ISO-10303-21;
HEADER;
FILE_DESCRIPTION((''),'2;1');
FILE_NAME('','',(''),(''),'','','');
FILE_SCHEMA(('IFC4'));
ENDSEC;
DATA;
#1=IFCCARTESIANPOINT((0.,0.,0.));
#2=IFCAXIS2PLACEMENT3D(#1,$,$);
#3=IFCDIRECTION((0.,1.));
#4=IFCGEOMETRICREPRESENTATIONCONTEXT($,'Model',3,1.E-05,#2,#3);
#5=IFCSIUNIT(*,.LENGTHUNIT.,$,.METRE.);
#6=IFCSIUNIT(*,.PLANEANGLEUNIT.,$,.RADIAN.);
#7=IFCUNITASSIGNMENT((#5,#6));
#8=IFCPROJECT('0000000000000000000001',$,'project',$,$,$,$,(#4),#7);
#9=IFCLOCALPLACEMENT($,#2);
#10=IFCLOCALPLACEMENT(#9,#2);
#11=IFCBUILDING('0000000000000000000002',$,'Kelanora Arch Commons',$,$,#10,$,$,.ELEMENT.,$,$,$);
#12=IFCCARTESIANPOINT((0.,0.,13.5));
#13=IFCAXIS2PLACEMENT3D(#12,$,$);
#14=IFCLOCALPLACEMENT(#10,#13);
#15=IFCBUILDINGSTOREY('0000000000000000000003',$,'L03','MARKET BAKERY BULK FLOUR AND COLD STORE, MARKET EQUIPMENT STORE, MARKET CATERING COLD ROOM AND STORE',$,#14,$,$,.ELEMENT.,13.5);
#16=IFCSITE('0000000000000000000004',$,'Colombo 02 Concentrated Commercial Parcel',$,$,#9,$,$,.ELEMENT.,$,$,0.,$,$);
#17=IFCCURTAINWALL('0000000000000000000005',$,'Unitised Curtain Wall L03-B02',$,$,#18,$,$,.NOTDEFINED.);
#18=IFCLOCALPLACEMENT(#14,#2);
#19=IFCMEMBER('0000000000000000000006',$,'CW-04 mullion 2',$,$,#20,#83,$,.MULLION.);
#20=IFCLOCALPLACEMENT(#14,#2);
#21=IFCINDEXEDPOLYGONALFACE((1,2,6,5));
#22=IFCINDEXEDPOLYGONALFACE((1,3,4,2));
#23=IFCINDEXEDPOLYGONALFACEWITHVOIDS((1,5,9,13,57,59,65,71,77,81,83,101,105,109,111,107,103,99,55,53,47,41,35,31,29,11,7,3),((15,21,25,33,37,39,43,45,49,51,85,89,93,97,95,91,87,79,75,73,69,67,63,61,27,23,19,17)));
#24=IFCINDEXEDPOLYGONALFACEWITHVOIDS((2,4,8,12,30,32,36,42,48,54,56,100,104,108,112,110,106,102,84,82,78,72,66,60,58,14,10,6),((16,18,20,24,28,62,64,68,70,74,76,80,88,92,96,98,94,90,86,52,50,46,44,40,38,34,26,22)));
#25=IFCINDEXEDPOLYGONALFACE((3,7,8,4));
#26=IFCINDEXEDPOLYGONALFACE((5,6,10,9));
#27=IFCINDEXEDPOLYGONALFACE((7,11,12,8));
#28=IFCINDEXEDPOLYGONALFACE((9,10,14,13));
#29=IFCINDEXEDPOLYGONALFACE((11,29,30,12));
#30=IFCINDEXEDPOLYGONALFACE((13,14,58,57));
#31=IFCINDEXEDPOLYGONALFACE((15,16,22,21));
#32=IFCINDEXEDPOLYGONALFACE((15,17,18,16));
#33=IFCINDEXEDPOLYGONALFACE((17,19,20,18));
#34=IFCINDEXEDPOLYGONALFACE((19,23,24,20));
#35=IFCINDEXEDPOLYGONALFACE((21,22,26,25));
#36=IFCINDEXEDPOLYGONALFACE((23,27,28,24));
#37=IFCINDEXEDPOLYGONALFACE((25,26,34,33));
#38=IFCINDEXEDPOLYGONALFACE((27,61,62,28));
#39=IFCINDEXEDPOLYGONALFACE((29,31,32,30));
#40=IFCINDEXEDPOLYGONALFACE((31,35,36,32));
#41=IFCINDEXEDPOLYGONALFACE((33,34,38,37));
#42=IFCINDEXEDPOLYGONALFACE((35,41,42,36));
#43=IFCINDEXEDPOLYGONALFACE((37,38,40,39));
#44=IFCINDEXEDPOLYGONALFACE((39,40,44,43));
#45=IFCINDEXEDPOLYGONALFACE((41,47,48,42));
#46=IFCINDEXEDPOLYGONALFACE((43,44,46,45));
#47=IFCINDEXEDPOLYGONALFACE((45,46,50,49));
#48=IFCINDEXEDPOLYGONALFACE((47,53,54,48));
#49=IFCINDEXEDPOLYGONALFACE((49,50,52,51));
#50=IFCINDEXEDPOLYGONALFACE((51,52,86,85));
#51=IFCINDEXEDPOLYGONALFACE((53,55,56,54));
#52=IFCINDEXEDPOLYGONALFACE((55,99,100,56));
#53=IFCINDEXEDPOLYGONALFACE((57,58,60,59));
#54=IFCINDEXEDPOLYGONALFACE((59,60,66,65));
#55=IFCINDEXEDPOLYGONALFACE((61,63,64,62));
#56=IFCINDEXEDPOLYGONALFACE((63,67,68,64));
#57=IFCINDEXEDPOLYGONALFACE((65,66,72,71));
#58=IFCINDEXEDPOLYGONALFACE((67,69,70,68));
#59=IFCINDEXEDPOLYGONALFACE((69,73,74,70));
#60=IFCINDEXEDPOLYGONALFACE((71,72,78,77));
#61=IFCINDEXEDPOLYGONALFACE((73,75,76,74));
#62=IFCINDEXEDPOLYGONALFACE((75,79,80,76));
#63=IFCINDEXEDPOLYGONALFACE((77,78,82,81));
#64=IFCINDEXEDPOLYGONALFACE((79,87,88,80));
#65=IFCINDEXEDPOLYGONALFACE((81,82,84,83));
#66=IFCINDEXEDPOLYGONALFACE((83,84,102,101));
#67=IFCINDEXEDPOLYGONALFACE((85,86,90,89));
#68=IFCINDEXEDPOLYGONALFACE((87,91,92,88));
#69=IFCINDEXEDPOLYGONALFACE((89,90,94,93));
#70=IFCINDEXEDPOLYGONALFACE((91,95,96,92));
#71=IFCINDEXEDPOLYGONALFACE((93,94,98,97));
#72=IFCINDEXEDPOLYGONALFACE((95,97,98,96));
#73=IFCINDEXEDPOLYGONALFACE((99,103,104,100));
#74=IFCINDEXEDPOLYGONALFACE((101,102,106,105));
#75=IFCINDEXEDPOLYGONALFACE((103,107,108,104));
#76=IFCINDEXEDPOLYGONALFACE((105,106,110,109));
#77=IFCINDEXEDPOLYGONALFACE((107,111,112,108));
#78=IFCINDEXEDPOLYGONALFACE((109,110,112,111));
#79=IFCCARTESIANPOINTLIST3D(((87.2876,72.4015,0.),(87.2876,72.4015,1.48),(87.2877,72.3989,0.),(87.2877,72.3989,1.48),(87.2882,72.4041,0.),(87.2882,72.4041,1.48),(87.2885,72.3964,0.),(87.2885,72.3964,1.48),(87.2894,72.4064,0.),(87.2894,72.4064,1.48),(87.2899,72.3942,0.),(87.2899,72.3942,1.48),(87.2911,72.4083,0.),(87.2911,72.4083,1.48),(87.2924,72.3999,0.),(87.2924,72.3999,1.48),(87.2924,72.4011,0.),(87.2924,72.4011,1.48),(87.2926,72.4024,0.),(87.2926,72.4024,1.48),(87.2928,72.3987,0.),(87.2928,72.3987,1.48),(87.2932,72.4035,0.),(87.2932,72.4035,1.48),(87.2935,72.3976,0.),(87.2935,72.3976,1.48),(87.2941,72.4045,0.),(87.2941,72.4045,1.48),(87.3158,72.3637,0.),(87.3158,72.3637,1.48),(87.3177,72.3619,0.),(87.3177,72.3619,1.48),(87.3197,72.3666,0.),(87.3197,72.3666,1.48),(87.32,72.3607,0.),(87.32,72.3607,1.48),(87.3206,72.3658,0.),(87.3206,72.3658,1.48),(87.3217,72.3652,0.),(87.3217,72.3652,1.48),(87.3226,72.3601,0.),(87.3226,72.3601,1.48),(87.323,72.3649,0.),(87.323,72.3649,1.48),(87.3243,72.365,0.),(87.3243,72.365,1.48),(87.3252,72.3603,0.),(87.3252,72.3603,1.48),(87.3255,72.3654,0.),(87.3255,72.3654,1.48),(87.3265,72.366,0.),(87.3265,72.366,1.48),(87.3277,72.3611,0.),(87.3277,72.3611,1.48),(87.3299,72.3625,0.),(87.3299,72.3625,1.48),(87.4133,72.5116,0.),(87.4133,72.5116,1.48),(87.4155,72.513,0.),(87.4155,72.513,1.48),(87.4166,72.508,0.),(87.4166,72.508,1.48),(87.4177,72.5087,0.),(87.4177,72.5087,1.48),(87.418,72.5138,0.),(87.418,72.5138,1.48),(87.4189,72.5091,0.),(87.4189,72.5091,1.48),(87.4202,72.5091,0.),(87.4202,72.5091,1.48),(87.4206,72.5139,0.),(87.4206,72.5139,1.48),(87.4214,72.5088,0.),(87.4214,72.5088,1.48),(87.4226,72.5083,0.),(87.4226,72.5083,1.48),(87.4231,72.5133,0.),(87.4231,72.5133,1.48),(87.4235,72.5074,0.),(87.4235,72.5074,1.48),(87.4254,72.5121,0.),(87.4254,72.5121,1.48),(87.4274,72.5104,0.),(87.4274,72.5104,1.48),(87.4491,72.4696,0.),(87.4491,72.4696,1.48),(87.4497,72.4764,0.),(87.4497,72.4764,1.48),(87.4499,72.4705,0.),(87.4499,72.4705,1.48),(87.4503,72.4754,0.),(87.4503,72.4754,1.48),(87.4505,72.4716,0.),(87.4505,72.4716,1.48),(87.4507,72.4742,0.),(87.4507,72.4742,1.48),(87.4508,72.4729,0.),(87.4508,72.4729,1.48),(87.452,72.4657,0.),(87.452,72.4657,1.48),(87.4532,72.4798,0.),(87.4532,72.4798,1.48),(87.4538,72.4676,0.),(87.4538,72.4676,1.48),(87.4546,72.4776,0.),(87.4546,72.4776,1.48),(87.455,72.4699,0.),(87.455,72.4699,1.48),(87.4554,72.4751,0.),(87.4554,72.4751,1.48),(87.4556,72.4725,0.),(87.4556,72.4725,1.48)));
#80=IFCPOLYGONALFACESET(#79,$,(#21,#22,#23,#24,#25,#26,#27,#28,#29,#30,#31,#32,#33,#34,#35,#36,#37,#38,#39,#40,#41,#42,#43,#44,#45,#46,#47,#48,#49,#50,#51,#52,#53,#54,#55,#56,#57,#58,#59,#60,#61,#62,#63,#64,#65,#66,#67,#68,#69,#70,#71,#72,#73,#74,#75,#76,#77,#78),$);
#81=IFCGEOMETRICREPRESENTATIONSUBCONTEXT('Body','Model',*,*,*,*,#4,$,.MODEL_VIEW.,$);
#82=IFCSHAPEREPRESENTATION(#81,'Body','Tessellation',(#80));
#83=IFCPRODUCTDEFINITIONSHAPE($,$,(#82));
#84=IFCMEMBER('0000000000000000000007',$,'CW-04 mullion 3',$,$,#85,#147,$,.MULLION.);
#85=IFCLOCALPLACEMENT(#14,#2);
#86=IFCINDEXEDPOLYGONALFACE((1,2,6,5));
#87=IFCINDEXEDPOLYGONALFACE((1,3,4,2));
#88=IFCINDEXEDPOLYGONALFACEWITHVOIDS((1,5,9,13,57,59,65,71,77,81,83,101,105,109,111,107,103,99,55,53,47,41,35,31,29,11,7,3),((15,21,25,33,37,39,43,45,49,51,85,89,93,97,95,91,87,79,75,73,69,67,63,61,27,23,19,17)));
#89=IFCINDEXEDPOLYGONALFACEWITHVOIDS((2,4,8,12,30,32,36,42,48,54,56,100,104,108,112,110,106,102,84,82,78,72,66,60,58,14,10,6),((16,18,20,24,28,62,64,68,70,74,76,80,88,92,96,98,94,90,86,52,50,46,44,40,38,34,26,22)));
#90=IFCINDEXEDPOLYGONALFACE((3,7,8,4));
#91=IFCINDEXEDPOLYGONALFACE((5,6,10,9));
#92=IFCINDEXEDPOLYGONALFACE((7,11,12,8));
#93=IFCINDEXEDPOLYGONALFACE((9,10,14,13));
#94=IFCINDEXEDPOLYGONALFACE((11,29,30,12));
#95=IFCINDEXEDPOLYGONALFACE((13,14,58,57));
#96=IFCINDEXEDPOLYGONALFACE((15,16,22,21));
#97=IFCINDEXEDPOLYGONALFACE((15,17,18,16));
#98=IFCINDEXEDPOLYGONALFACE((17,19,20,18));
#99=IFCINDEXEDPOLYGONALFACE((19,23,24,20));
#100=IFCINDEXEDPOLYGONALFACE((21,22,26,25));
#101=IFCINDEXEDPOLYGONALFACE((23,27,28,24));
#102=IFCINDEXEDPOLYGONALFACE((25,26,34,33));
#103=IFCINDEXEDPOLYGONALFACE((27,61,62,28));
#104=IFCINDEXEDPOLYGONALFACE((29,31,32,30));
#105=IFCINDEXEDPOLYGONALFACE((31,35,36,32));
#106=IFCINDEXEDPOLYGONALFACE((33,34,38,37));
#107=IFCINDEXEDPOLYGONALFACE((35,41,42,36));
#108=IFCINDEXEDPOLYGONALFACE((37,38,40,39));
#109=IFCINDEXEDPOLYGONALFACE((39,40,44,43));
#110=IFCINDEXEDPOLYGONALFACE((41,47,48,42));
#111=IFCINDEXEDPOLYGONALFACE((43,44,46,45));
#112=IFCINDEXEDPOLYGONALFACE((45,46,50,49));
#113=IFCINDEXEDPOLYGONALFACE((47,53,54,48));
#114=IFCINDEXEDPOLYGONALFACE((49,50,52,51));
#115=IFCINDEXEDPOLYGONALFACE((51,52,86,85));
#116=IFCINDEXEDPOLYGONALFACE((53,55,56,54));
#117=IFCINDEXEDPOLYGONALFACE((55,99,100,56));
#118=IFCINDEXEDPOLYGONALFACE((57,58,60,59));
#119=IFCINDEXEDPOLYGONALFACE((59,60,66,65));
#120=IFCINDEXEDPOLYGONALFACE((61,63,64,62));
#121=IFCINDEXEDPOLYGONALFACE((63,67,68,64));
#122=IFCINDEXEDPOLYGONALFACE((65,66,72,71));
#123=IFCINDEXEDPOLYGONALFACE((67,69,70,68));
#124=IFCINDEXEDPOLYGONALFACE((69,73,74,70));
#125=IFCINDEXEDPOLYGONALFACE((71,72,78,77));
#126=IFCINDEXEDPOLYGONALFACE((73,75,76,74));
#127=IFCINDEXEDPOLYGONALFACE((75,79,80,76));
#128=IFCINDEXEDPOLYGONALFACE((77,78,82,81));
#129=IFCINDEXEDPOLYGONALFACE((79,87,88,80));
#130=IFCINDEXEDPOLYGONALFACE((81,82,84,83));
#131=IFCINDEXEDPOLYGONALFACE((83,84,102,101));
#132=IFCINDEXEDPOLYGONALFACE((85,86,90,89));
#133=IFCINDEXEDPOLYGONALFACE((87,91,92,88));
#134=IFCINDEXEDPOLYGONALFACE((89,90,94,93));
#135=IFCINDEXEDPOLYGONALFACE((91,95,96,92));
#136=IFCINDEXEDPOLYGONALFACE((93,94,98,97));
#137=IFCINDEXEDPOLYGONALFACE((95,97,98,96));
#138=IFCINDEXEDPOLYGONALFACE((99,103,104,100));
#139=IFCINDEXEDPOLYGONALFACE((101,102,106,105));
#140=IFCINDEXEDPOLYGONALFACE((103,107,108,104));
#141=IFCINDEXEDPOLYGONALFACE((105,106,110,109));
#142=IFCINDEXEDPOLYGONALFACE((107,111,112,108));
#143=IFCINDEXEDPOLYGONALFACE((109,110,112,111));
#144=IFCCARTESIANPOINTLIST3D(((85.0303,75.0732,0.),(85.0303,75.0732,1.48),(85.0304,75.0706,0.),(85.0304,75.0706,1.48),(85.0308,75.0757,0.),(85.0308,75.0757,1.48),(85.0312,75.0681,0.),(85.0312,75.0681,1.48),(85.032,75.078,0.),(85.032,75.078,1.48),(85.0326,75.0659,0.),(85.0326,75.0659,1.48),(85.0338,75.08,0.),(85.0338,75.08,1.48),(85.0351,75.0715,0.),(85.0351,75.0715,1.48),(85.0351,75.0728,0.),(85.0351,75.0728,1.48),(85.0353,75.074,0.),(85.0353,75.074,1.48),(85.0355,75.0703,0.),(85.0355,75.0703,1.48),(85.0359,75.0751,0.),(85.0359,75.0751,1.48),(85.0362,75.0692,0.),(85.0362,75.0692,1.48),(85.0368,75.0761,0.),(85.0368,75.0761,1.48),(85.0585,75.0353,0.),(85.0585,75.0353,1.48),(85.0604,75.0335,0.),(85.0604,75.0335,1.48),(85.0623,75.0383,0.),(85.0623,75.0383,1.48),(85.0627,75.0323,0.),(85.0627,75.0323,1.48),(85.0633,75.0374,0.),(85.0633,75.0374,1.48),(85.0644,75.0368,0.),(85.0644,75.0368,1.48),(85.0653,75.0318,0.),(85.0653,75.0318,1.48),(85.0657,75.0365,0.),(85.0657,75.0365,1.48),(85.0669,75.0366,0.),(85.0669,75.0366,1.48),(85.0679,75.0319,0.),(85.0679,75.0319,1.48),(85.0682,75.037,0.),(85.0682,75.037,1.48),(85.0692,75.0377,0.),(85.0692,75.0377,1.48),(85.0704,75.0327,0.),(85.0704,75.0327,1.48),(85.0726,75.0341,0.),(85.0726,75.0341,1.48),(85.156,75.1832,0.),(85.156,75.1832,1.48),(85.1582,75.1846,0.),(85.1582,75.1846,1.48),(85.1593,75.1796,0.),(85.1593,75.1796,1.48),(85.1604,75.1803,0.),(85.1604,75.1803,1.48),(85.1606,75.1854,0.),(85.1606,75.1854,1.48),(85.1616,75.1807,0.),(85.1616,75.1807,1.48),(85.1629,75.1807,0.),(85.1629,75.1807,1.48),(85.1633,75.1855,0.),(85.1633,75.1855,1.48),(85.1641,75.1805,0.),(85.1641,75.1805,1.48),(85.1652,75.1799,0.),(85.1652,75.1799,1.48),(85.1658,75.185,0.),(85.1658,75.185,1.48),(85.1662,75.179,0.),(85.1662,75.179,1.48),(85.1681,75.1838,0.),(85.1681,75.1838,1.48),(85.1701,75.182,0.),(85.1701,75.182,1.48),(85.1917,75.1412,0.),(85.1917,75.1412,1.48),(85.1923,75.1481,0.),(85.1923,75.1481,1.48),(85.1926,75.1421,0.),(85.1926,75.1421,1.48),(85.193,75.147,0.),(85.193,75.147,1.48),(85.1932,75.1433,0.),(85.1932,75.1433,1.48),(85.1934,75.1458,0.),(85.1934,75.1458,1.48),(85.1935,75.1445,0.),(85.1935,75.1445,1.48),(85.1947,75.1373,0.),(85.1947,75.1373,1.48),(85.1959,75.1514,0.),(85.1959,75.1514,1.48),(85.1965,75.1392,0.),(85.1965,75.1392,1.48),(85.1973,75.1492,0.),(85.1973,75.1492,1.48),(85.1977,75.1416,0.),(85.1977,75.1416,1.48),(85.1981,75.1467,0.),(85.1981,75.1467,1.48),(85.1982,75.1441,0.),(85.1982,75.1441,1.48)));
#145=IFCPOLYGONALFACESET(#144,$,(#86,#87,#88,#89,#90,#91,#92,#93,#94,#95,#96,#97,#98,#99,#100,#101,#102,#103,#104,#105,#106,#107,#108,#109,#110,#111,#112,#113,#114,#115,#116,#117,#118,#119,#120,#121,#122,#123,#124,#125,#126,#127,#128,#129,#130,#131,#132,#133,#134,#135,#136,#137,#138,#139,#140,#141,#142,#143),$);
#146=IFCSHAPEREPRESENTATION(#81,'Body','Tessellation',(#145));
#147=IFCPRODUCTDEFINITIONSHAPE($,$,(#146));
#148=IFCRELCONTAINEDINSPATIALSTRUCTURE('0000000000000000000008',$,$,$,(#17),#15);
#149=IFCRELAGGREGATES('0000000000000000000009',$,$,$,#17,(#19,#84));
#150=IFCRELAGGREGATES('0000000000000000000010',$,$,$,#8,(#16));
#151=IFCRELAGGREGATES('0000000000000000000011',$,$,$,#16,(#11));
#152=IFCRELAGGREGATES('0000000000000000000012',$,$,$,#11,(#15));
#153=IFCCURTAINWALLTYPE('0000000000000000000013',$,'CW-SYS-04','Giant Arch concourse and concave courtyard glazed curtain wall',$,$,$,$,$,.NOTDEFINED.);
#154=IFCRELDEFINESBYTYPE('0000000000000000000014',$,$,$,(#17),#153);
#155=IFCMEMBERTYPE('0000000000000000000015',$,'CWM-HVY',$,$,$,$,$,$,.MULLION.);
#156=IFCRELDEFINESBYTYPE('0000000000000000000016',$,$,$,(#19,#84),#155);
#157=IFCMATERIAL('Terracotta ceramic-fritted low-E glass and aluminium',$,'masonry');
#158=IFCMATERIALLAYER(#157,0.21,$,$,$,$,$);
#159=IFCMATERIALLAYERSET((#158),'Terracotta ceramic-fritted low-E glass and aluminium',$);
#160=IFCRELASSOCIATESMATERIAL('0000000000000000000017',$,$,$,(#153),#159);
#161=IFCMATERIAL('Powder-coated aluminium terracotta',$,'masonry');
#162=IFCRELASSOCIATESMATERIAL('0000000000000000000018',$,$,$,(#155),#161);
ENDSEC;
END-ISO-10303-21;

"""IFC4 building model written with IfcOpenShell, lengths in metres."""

from ifc_helpers import new_model, si_unit, direction, frame, origin, origin_2d, place, context, subcontext, project, spatial, hollow_rectangle, extrude, material, layer, layer_set, material_profile, profile_set, type_object, element, aggregate, save


model = new_model("IFC4")

# Units and contexts
model_context = context("Model", 3, precision=1e-05, world=origin(), true_north=direction((0.0, 1.0)))
body_context = subcontext(model_context, "Body", "Model", "MODEL_VIEW")
ifc_project = project(units=[si_unit("LENGTHUNIT", "METRE"), si_unit("PLANEANGLEUNIT", "RADIAN")], contexts=[model_context])

# Site, building, storey
site_placement = place(None, origin())
site = spatial("IfcSite", under=ifc_project, at=site_placement, Name="Colombo 02 Concentrated Commercial Parcel", CompositionType="ELEMENT", RefElevation=0.0)
building_placement = place(site_placement, origin())
building = spatial("IfcBuilding", under=site, at=building_placement, Name="Kelanora Arch Commons", CompositionType="ELEMENT")
storey_placement = place(building_placement, frame((0.0, 0.0, 13.5)))
storey = spatial("IfcBuildingStorey", under=building, at=storey_placement, Name="L03", Description="MARKET BAKERY BULK FLOUR AND COLD STORE, MARKET EQUIPMENT STORE, MARKET CATERING COLD ROOM AND STORE", CompositionType="ELEMENT", Elevation=13.5)

# Curtain wall, members
ifc_material_1 = material(Name="Terracotta ceramic-fritted low-E glass and aluminium", Category="masonry")
ifc_layer_1 = layer(ifc_material_1, 0.21)
ifc_layer_set_1 = layer_set([ifc_layer_1], Name="Terracotta ceramic-fritted low-E glass and aluminium")
curtain_wall_type = type_object("IfcCurtainWallType", Name="CW-SYS-04", Description="Giant Arch concourse and concave courtyard glazed curtain wall", PredefinedType="NOTDEFINED", material=ifc_layer_set_1)
curtain_wall_1_placement = place(storey_placement, origin())
curtain_wall_1 = element("IfcCurtainWall", 1, at=curtain_wall_1_placement, inside=storey, type_object=curtain_wall_type, Name="Unitised Curtain Wall L03-B02", PredefinedType="NOTDEFINED")
ifc_material_2 = material(Name="Powder-coated aluminium terracotta", Category="masonry")
ifc_material_profile_1 = material_profile(ifc_material_2, hollow_rectangle(XDim=0.1799, YDim=0.0601, WallThickness=0.0049, InnerFilletRadius=0.0049, OuterFilletRadius=0.01, at=origin_2d()), Name="CWM180x60")
ifc_profile_set_1 = profile_set([ifc_material_profile_1], Name="Powder-coated aluminium terracotta")
member_type_1 = type_object("IfcMemberType", Name="CWM-HVY", PredefinedType="MULLION", material=ifc_profile_set_1)
member_1_placement = place(storey_placement, frame((87.3716, 72.437, 0.0), z_axis=(0.0, 0.0, 1.0), x_axis=(-0.763855, -0.645388, 0.0)))
member_1 = element("IfcMember", 2, at=member_1_placement, type_object=member_type_1, Name="CW-04 mullion 2", PredefinedType="MULLION", context=body_context, shape_type="SweptSolid", body=[
    extrude(hollow_rectangle(XDim=0.1799, YDim=0.0601, WallThickness=0.0049, InnerFilletRadius=0.0049, OuterFilletRadius=0.01, at=origin_2d()), origin(), (0.0, 0.0, 1.0), 1.48),
])
member_2_placement = place(storey_placement, frame((85.1143, 75.1086, 0.0), z_axis=(0.0, 0.0, 1.0), x_axis=(-0.763855, -0.645388, 0.0)))
member_2 = element("IfcMember", 3, at=member_2_placement, type_object=member_type_1, Name="CW-04 mullion 3", PredefinedType="MULLION", context=body_context, shape_type="SweptSolid", body=[
    extrude(hollow_rectangle(XDim=0.1799, YDim=0.0601, WallThickness=0.0049, InnerFilletRadius=0.0049, OuterFilletRadius=0.01, at=origin_2d()), origin(), (0.0, 0.0, 1.0), 1.48),
])

aggregate(curtain_wall_1, [member_1, member_2])

save(model, "model.ifc")
